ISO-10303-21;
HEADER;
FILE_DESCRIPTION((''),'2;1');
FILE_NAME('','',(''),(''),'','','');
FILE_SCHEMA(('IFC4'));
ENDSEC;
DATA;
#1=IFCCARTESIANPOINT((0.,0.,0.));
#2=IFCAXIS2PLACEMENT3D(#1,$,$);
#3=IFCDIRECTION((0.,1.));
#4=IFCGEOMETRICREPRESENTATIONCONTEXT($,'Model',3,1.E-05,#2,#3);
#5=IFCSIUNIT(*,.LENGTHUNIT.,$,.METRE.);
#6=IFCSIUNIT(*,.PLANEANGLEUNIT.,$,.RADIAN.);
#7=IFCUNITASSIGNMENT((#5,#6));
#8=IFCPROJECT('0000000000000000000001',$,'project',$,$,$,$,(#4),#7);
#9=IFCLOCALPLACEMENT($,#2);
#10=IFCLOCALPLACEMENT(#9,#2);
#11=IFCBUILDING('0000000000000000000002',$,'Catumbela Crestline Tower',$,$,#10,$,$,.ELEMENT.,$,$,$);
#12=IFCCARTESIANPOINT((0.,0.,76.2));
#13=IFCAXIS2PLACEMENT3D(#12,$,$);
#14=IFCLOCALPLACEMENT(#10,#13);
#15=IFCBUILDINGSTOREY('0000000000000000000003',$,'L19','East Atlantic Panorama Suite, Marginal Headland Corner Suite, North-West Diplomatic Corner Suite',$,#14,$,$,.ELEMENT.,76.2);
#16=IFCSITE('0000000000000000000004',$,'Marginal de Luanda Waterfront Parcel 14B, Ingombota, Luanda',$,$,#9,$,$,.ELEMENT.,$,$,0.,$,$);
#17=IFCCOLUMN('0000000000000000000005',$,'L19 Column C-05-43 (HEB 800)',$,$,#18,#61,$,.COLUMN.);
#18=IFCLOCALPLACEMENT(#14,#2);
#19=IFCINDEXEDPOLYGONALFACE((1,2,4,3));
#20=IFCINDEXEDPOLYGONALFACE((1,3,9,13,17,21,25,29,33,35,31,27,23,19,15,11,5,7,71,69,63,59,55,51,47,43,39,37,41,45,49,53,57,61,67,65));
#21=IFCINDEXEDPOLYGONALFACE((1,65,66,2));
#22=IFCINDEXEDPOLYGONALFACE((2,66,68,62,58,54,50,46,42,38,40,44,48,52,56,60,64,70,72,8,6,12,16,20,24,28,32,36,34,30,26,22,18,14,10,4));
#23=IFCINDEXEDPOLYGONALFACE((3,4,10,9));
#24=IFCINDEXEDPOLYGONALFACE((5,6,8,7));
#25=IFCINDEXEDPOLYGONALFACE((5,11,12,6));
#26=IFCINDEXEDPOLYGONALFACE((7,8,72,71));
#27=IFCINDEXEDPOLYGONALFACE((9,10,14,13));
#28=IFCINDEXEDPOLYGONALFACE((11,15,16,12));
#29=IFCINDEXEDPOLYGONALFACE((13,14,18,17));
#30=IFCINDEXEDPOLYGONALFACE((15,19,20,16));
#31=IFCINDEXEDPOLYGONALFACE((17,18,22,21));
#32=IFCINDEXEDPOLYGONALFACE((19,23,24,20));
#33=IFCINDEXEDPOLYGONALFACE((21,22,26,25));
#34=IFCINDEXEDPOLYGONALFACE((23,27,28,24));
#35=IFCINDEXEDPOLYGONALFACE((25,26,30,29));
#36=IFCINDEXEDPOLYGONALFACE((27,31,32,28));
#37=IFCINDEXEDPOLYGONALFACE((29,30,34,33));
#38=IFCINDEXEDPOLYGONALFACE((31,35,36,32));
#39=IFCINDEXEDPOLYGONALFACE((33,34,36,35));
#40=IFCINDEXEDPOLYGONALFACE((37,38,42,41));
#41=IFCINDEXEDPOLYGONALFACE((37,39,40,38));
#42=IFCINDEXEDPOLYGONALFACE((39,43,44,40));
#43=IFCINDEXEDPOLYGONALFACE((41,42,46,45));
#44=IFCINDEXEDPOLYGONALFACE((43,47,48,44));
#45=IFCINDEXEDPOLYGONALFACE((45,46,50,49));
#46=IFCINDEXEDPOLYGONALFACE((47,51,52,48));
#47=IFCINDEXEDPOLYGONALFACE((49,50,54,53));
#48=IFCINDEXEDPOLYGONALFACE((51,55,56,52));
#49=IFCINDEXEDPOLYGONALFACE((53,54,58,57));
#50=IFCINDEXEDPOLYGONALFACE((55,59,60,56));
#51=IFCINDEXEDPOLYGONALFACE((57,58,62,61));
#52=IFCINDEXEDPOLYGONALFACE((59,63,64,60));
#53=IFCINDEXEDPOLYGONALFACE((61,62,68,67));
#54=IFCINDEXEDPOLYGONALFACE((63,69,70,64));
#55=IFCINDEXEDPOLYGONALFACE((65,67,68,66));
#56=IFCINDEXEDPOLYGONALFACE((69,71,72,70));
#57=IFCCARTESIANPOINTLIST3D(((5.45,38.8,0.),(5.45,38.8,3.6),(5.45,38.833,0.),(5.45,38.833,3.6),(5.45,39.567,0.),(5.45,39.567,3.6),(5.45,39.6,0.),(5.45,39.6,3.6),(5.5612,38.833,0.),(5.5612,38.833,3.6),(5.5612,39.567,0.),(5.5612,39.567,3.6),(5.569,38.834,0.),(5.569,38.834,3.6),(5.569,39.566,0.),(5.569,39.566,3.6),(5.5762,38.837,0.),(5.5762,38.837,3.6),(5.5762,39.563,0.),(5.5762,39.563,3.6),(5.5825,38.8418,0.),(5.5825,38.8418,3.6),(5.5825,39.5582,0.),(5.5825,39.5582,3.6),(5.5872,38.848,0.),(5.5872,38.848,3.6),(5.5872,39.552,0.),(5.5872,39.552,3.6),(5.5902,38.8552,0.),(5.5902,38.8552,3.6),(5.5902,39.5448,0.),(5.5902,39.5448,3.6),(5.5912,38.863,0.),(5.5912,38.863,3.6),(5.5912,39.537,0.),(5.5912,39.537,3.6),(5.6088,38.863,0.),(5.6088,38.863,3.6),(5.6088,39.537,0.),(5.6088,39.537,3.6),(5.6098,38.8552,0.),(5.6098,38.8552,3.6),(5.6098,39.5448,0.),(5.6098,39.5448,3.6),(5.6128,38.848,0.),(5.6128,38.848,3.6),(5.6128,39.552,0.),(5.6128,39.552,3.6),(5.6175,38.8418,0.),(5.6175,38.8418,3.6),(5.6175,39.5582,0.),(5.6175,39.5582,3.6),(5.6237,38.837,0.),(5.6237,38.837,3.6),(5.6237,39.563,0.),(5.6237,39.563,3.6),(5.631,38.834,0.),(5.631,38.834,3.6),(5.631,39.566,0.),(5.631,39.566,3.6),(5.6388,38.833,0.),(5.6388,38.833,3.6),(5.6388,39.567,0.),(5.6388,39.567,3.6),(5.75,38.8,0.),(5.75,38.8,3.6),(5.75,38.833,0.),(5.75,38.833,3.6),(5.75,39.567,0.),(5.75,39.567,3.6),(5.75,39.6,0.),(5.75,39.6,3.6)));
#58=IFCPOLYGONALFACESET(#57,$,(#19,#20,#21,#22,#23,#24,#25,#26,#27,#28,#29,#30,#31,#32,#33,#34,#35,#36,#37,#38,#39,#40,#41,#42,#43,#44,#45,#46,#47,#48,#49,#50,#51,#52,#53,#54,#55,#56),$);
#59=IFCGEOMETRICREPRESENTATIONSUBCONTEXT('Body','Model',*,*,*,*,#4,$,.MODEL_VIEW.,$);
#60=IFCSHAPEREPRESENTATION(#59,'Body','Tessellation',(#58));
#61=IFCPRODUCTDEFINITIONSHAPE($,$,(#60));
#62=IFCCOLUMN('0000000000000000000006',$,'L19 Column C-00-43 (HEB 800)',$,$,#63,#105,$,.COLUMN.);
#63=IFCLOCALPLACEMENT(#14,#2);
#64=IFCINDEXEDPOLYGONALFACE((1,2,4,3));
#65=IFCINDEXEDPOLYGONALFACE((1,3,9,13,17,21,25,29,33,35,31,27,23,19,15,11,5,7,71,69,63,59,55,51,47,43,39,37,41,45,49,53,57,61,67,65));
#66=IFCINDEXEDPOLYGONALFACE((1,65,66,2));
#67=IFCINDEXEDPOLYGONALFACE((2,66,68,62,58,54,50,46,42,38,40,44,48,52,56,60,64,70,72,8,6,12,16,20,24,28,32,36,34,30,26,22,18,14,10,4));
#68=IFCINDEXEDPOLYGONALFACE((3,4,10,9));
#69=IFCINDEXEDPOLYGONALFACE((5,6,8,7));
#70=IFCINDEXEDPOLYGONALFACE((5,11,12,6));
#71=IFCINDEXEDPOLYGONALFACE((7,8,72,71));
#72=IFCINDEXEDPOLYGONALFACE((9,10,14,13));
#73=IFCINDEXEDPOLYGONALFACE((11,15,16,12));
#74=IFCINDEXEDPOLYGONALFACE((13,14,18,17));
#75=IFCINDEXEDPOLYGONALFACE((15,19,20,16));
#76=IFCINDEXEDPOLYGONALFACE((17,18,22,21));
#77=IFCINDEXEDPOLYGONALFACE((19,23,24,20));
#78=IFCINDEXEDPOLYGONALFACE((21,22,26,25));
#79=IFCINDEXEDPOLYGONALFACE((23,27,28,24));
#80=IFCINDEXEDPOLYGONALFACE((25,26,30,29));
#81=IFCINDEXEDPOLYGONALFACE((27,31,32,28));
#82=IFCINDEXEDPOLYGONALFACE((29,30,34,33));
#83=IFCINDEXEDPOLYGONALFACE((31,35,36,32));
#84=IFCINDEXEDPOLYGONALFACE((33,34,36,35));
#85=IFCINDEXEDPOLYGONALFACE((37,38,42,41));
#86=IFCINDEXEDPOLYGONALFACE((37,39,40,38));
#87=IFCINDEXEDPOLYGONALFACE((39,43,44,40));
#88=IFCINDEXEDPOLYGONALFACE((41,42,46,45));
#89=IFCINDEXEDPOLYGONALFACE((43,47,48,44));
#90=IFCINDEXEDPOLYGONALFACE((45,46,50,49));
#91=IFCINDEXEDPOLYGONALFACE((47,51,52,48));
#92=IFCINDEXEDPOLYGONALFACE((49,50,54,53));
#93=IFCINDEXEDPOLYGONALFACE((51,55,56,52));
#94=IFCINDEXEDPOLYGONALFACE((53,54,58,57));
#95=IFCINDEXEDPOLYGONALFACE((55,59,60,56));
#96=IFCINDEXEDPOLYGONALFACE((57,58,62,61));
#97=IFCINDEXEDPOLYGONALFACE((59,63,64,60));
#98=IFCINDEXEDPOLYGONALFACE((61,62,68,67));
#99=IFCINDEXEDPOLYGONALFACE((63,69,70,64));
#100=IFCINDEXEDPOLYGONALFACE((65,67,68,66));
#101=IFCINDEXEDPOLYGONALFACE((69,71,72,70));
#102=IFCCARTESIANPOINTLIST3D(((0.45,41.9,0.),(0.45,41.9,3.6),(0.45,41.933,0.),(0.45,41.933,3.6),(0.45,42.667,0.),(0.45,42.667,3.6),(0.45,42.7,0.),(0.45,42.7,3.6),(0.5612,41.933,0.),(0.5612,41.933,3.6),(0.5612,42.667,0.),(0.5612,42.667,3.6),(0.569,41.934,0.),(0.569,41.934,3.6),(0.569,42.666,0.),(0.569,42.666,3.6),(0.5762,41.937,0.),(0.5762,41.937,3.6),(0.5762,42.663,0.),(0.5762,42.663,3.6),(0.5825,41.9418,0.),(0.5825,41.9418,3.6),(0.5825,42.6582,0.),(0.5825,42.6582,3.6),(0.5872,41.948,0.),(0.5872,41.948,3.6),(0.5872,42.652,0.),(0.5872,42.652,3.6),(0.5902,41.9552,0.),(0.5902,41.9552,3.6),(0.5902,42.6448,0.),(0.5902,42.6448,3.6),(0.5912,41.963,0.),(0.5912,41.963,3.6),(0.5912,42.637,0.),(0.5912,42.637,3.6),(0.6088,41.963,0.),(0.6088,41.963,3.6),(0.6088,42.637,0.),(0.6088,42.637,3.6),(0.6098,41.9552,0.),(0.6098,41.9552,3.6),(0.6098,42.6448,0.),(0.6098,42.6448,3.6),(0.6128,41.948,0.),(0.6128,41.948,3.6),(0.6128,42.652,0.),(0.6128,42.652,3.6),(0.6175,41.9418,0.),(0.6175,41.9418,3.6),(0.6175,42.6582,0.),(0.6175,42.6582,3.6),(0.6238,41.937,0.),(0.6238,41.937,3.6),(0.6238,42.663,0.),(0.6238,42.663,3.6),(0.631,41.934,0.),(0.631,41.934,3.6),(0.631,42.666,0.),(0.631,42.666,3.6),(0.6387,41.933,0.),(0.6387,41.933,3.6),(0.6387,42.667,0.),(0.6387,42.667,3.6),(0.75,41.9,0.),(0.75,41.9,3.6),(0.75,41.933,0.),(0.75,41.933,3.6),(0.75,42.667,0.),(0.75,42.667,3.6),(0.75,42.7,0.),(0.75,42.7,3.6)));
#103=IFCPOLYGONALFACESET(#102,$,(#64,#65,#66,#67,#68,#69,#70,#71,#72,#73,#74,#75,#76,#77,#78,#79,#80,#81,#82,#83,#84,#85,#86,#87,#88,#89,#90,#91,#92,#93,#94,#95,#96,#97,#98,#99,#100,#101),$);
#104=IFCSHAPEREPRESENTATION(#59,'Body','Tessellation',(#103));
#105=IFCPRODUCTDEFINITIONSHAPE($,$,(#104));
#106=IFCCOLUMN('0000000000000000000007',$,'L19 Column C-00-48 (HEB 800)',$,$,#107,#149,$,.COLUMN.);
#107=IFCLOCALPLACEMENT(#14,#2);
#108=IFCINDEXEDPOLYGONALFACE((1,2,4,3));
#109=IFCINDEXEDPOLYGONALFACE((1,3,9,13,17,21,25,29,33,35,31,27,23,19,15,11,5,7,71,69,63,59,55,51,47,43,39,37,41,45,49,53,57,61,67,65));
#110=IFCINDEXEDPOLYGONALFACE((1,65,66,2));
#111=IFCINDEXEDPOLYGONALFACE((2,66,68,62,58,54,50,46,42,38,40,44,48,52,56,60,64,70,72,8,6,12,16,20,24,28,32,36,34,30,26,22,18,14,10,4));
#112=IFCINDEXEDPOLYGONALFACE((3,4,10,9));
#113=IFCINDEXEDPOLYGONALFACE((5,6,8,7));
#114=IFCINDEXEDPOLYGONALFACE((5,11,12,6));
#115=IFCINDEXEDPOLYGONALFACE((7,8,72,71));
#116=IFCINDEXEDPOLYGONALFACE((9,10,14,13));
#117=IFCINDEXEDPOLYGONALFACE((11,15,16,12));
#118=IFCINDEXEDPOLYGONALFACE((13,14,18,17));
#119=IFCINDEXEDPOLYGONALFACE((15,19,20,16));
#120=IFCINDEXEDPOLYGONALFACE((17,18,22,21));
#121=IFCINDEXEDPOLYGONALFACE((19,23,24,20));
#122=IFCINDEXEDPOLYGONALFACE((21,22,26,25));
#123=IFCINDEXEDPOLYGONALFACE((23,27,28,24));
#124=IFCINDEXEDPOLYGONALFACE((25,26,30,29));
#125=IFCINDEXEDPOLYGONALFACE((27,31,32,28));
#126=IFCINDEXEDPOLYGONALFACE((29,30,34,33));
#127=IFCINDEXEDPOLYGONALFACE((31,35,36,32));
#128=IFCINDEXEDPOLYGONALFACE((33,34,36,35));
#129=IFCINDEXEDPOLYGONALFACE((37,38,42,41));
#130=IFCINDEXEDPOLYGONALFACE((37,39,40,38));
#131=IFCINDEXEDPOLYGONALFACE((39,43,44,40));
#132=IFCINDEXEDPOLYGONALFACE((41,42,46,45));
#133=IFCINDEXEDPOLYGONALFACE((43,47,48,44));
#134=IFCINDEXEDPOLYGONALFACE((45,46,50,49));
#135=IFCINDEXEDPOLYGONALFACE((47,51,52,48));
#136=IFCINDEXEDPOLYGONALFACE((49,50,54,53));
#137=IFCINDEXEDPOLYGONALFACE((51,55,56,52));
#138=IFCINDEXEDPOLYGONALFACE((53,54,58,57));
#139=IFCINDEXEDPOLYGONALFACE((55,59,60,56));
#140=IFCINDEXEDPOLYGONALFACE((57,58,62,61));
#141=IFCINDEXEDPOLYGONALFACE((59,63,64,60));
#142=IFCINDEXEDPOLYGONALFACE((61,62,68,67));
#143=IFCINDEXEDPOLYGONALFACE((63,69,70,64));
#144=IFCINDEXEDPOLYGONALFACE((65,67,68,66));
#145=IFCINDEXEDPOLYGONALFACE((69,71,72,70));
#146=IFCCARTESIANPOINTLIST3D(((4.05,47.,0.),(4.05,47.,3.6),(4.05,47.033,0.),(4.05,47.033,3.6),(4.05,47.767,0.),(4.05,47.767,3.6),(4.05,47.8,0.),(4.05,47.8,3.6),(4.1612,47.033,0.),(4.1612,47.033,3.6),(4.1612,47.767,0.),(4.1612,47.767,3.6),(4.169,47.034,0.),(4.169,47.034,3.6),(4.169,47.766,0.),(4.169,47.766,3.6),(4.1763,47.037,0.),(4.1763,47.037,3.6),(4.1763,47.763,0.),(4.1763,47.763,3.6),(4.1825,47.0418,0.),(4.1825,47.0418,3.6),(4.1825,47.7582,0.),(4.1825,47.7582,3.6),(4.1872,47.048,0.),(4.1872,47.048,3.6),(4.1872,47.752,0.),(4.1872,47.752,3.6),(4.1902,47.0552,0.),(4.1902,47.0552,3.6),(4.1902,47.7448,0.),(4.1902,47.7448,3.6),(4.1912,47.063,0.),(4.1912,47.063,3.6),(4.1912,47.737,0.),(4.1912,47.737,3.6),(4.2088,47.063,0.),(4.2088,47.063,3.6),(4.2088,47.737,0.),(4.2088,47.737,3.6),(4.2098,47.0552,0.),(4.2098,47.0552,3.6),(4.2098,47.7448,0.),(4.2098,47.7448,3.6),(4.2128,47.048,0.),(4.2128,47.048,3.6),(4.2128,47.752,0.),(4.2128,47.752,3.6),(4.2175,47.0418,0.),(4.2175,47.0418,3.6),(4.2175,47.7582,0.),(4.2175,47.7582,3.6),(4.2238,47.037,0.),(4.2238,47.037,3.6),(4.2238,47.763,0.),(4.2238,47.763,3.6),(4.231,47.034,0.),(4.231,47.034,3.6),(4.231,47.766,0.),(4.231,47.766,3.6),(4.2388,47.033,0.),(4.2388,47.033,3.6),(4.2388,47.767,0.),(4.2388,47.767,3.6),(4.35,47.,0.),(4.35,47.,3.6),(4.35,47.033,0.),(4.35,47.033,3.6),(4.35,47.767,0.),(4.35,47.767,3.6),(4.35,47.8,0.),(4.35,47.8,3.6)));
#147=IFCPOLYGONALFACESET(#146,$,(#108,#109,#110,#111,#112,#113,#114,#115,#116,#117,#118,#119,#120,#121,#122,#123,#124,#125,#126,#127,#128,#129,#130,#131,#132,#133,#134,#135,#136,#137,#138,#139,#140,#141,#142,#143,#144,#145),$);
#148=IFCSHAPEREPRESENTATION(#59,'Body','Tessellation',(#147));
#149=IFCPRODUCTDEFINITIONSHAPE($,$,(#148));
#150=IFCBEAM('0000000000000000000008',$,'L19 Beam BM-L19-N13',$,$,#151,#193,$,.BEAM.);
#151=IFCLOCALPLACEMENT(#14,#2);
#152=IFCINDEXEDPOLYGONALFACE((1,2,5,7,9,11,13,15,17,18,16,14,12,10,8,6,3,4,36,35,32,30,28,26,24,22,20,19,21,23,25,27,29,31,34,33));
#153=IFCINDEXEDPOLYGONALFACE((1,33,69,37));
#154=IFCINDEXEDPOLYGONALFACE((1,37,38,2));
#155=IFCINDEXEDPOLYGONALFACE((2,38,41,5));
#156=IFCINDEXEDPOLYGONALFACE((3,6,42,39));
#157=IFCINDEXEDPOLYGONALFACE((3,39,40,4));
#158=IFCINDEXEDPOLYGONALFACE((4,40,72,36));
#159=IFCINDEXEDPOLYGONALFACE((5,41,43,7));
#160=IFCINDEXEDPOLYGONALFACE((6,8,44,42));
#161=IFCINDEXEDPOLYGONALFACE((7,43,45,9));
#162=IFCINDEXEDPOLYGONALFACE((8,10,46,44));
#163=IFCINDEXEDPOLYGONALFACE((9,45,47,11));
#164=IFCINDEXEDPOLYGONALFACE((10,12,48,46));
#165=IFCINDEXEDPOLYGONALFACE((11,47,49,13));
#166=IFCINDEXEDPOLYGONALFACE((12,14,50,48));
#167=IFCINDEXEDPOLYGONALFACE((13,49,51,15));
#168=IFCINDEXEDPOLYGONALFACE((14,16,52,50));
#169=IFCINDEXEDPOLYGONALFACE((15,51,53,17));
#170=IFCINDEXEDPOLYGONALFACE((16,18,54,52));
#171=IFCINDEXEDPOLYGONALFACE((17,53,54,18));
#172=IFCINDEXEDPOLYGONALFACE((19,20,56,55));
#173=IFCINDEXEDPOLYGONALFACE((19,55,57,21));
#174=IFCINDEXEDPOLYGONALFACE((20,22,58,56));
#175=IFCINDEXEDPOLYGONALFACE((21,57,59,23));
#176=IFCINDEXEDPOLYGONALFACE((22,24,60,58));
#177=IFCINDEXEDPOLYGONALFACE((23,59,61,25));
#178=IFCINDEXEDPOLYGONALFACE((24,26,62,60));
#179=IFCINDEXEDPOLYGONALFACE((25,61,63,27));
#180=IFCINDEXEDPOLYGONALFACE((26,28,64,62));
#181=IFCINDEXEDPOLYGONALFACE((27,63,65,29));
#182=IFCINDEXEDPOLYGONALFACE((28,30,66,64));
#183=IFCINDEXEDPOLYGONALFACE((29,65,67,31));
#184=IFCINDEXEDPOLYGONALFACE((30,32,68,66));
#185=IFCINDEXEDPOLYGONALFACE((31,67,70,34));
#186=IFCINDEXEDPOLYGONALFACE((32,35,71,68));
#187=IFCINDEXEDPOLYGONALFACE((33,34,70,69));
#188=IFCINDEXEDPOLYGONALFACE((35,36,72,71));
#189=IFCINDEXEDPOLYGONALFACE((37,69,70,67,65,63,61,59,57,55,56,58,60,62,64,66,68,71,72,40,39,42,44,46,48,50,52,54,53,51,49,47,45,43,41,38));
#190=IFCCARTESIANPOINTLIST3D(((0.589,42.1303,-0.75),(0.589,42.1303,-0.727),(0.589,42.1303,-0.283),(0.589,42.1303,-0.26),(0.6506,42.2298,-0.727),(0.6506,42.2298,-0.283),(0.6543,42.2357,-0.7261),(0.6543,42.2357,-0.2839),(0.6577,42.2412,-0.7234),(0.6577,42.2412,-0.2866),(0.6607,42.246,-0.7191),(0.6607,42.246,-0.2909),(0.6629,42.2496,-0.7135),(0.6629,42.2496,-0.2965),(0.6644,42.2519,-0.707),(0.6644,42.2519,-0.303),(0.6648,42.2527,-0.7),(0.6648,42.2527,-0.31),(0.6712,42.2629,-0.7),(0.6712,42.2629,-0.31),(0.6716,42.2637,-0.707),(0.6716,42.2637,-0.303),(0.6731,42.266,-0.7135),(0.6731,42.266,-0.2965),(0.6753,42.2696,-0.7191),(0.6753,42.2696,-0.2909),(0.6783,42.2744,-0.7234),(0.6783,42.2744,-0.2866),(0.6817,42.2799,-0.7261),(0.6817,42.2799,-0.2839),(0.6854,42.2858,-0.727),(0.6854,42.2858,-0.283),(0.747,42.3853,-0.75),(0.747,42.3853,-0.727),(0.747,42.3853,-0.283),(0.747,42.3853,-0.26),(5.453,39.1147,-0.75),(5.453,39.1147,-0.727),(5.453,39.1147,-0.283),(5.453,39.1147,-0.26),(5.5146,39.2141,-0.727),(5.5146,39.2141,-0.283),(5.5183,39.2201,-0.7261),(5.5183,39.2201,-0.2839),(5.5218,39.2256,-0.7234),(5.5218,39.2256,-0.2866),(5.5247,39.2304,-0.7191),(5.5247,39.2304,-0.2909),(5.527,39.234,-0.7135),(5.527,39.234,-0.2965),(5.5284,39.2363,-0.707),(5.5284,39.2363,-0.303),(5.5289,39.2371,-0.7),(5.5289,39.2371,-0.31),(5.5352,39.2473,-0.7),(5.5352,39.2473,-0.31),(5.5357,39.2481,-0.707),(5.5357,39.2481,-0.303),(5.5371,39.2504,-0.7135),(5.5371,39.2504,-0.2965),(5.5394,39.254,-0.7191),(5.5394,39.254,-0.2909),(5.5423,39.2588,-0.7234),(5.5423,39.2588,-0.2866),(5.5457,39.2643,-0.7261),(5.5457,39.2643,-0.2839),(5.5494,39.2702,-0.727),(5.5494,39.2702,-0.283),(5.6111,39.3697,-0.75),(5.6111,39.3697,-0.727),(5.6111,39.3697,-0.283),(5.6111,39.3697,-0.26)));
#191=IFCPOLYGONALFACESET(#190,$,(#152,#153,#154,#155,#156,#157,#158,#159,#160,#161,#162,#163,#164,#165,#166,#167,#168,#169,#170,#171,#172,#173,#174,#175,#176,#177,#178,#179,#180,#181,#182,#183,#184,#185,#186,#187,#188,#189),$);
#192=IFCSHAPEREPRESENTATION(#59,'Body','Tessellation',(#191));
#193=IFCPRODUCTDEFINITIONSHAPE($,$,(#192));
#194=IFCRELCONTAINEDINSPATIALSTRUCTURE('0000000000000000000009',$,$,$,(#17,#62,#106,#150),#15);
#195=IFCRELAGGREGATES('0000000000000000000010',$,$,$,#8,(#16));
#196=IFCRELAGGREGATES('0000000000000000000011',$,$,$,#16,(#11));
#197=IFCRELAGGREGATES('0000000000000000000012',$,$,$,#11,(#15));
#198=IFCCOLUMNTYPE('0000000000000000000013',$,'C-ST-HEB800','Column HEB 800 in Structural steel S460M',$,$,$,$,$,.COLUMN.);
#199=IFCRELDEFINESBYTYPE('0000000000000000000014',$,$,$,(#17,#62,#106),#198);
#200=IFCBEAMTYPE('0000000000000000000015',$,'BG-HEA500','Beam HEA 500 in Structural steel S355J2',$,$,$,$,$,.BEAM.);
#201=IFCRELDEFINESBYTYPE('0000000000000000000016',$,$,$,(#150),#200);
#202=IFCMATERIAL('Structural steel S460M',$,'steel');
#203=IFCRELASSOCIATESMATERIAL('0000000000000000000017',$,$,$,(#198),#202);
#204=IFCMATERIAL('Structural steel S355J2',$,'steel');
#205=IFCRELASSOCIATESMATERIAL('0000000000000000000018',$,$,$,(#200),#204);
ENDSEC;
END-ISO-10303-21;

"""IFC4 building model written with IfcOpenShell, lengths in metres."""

from ifc_helpers import new_model, si_unit, direction, frame, origin, origin_2d, place, context, subcontext, project, spatial, i_section, extrude, material, material_profile, profile_set, type_object, element, save


model = new_model("IFC4")

# Units and contexts
model_context = context("Model", 3, precision=1e-05, world=origin(), true_north=direction((0.0, 1.0)))
body_context = subcontext(model_context, "Body", "Model", "MODEL_VIEW")
ifc_project = project(units=[si_unit("LENGTHUNIT", "METRE"), si_unit("PLANEANGLEUNIT", "RADIAN")], contexts=[model_context])

# Site, building, storey
site_placement = place(None, origin())
site = spatial("IfcSite", under=ifc_project, at=site_placement, Name="Marginal de Luanda Waterfront Parcel 14B, Ingombota, Luanda", CompositionType="ELEMENT", RefElevation=0.0)
building_placement = place(site_placement, origin())
building = spatial("IfcBuilding", under=site, at=building_placement, Name="Catumbela Crestline Tower", CompositionType="ELEMENT")
storey_placement = place(building_placement, frame((0.0, 0.0, 76.2)))
storey = spatial("IfcBuildingStorey", under=building, at=storey_placement, Name="L19", Description="East Atlantic Panorama Suite, Marginal Headland Corner Suite, North-West Diplomatic Corner Suite", CompositionType="ELEMENT", Elevation=76.2)

# Columns
ifc_material_1 = material(Name="Structural steel S460M", Category="steel")
ifc_material_profile_1 = material_profile(ifc_material_1, i_section(OverallWidth=0.3, OverallDepth=0.8, WebThickness=0.0175, FlangeThickness=0.033, FilletRadius=0.03, at=origin_2d()), Name="HEB 800")
ifc_profile_set_1 = profile_set([ifc_material_profile_1], Name="Structural steel S460M")
column_type = type_object("IfcColumnType", Name="C-ST-HEB800", Description="Column HEB 800 in Structural steel S460M", PredefinedType="COLUMN", material=ifc_profile_set_1)
for number, where, z_axis, x_axis, name in (
    (1, (5.6, 39.2, 0.0), (0.0, 0.0, 1.0), (1.0, 0.0, 0.0), "L19 Column C-05-43 (HEB 800)"),
    (2, (0.6, 42.3, 0.0), (0.0, 0.0, 1.0), (1.0, 0.0, 0.0), "L19 Column C-00-43 (HEB 800)"),
    (3, (4.2, 47.4, 0.0), (0.0, 0.0, 1.0), (1.0, 0.0, 0.0), "L19 Column C-00-48 (HEB 800)"),
):
    element("IfcColumn", number, at=place(storey_placement, frame(where, z_axis=z_axis, x_axis=x_axis)), inside=storey, type_object=column_type, Name=name, PredefinedType="COLUMN", context=body_context, shape_type="SweptSolid", body=[
        extrude(i_section(OverallWidth=0.3, OverallDepth=0.8, WebThickness=0.0175, FlangeThickness=0.033, FilletRadius=0.03, at=origin_2d()), origin(), (0.0, 0.0, 1.0), 3.6),
    ])

# Beam
ifc_material_2 = material(Name="Structural steel S355J2", Category="steel")
ifc_material_profile_2 = material_profile(ifc_material_2, i_section(OverallWidth=0.3, OverallDepth=0.49, WebThickness=0.012, FlangeThickness=0.023, FilletRadius=0.027, at=origin_2d()), Name="HEA 500")
ifc_profile_set_2 = profile_set([ifc_material_profile_2], Name="Structural steel S355J2")
beam_type_1 = type_object("IfcBeamType", Name="BG-HEA500", Description="Beam HEA 500 in Structural steel S355J2", PredefinedType="BEAM", material=ifc_profile_set_2)
beam_1_placement = place(storey_placement, frame((0.668, 42.2578, -0.505), z_axis=(0.849909, -0.52693, 0.0), x_axis=(0.52693, 0.849909, 0.0)))
element("IfcBeam", 4, at=beam_1_placement, inside=storey, type_object=beam_type_1, Name="L19 Beam BM-L19-N13", PredefinedType="BEAM", context=body_context, shape_type="SweptSolid", body=[
    extrude(i_section(OverallWidth=0.3, OverallDepth=0.49, WebThickness=0.012, FlangeThickness=0.023, FilletRadius=0.027, at=origin_2d()), origin(), (0.0, 0.0, 1.0), 5.723),
])

save(model, "model.ifc")
